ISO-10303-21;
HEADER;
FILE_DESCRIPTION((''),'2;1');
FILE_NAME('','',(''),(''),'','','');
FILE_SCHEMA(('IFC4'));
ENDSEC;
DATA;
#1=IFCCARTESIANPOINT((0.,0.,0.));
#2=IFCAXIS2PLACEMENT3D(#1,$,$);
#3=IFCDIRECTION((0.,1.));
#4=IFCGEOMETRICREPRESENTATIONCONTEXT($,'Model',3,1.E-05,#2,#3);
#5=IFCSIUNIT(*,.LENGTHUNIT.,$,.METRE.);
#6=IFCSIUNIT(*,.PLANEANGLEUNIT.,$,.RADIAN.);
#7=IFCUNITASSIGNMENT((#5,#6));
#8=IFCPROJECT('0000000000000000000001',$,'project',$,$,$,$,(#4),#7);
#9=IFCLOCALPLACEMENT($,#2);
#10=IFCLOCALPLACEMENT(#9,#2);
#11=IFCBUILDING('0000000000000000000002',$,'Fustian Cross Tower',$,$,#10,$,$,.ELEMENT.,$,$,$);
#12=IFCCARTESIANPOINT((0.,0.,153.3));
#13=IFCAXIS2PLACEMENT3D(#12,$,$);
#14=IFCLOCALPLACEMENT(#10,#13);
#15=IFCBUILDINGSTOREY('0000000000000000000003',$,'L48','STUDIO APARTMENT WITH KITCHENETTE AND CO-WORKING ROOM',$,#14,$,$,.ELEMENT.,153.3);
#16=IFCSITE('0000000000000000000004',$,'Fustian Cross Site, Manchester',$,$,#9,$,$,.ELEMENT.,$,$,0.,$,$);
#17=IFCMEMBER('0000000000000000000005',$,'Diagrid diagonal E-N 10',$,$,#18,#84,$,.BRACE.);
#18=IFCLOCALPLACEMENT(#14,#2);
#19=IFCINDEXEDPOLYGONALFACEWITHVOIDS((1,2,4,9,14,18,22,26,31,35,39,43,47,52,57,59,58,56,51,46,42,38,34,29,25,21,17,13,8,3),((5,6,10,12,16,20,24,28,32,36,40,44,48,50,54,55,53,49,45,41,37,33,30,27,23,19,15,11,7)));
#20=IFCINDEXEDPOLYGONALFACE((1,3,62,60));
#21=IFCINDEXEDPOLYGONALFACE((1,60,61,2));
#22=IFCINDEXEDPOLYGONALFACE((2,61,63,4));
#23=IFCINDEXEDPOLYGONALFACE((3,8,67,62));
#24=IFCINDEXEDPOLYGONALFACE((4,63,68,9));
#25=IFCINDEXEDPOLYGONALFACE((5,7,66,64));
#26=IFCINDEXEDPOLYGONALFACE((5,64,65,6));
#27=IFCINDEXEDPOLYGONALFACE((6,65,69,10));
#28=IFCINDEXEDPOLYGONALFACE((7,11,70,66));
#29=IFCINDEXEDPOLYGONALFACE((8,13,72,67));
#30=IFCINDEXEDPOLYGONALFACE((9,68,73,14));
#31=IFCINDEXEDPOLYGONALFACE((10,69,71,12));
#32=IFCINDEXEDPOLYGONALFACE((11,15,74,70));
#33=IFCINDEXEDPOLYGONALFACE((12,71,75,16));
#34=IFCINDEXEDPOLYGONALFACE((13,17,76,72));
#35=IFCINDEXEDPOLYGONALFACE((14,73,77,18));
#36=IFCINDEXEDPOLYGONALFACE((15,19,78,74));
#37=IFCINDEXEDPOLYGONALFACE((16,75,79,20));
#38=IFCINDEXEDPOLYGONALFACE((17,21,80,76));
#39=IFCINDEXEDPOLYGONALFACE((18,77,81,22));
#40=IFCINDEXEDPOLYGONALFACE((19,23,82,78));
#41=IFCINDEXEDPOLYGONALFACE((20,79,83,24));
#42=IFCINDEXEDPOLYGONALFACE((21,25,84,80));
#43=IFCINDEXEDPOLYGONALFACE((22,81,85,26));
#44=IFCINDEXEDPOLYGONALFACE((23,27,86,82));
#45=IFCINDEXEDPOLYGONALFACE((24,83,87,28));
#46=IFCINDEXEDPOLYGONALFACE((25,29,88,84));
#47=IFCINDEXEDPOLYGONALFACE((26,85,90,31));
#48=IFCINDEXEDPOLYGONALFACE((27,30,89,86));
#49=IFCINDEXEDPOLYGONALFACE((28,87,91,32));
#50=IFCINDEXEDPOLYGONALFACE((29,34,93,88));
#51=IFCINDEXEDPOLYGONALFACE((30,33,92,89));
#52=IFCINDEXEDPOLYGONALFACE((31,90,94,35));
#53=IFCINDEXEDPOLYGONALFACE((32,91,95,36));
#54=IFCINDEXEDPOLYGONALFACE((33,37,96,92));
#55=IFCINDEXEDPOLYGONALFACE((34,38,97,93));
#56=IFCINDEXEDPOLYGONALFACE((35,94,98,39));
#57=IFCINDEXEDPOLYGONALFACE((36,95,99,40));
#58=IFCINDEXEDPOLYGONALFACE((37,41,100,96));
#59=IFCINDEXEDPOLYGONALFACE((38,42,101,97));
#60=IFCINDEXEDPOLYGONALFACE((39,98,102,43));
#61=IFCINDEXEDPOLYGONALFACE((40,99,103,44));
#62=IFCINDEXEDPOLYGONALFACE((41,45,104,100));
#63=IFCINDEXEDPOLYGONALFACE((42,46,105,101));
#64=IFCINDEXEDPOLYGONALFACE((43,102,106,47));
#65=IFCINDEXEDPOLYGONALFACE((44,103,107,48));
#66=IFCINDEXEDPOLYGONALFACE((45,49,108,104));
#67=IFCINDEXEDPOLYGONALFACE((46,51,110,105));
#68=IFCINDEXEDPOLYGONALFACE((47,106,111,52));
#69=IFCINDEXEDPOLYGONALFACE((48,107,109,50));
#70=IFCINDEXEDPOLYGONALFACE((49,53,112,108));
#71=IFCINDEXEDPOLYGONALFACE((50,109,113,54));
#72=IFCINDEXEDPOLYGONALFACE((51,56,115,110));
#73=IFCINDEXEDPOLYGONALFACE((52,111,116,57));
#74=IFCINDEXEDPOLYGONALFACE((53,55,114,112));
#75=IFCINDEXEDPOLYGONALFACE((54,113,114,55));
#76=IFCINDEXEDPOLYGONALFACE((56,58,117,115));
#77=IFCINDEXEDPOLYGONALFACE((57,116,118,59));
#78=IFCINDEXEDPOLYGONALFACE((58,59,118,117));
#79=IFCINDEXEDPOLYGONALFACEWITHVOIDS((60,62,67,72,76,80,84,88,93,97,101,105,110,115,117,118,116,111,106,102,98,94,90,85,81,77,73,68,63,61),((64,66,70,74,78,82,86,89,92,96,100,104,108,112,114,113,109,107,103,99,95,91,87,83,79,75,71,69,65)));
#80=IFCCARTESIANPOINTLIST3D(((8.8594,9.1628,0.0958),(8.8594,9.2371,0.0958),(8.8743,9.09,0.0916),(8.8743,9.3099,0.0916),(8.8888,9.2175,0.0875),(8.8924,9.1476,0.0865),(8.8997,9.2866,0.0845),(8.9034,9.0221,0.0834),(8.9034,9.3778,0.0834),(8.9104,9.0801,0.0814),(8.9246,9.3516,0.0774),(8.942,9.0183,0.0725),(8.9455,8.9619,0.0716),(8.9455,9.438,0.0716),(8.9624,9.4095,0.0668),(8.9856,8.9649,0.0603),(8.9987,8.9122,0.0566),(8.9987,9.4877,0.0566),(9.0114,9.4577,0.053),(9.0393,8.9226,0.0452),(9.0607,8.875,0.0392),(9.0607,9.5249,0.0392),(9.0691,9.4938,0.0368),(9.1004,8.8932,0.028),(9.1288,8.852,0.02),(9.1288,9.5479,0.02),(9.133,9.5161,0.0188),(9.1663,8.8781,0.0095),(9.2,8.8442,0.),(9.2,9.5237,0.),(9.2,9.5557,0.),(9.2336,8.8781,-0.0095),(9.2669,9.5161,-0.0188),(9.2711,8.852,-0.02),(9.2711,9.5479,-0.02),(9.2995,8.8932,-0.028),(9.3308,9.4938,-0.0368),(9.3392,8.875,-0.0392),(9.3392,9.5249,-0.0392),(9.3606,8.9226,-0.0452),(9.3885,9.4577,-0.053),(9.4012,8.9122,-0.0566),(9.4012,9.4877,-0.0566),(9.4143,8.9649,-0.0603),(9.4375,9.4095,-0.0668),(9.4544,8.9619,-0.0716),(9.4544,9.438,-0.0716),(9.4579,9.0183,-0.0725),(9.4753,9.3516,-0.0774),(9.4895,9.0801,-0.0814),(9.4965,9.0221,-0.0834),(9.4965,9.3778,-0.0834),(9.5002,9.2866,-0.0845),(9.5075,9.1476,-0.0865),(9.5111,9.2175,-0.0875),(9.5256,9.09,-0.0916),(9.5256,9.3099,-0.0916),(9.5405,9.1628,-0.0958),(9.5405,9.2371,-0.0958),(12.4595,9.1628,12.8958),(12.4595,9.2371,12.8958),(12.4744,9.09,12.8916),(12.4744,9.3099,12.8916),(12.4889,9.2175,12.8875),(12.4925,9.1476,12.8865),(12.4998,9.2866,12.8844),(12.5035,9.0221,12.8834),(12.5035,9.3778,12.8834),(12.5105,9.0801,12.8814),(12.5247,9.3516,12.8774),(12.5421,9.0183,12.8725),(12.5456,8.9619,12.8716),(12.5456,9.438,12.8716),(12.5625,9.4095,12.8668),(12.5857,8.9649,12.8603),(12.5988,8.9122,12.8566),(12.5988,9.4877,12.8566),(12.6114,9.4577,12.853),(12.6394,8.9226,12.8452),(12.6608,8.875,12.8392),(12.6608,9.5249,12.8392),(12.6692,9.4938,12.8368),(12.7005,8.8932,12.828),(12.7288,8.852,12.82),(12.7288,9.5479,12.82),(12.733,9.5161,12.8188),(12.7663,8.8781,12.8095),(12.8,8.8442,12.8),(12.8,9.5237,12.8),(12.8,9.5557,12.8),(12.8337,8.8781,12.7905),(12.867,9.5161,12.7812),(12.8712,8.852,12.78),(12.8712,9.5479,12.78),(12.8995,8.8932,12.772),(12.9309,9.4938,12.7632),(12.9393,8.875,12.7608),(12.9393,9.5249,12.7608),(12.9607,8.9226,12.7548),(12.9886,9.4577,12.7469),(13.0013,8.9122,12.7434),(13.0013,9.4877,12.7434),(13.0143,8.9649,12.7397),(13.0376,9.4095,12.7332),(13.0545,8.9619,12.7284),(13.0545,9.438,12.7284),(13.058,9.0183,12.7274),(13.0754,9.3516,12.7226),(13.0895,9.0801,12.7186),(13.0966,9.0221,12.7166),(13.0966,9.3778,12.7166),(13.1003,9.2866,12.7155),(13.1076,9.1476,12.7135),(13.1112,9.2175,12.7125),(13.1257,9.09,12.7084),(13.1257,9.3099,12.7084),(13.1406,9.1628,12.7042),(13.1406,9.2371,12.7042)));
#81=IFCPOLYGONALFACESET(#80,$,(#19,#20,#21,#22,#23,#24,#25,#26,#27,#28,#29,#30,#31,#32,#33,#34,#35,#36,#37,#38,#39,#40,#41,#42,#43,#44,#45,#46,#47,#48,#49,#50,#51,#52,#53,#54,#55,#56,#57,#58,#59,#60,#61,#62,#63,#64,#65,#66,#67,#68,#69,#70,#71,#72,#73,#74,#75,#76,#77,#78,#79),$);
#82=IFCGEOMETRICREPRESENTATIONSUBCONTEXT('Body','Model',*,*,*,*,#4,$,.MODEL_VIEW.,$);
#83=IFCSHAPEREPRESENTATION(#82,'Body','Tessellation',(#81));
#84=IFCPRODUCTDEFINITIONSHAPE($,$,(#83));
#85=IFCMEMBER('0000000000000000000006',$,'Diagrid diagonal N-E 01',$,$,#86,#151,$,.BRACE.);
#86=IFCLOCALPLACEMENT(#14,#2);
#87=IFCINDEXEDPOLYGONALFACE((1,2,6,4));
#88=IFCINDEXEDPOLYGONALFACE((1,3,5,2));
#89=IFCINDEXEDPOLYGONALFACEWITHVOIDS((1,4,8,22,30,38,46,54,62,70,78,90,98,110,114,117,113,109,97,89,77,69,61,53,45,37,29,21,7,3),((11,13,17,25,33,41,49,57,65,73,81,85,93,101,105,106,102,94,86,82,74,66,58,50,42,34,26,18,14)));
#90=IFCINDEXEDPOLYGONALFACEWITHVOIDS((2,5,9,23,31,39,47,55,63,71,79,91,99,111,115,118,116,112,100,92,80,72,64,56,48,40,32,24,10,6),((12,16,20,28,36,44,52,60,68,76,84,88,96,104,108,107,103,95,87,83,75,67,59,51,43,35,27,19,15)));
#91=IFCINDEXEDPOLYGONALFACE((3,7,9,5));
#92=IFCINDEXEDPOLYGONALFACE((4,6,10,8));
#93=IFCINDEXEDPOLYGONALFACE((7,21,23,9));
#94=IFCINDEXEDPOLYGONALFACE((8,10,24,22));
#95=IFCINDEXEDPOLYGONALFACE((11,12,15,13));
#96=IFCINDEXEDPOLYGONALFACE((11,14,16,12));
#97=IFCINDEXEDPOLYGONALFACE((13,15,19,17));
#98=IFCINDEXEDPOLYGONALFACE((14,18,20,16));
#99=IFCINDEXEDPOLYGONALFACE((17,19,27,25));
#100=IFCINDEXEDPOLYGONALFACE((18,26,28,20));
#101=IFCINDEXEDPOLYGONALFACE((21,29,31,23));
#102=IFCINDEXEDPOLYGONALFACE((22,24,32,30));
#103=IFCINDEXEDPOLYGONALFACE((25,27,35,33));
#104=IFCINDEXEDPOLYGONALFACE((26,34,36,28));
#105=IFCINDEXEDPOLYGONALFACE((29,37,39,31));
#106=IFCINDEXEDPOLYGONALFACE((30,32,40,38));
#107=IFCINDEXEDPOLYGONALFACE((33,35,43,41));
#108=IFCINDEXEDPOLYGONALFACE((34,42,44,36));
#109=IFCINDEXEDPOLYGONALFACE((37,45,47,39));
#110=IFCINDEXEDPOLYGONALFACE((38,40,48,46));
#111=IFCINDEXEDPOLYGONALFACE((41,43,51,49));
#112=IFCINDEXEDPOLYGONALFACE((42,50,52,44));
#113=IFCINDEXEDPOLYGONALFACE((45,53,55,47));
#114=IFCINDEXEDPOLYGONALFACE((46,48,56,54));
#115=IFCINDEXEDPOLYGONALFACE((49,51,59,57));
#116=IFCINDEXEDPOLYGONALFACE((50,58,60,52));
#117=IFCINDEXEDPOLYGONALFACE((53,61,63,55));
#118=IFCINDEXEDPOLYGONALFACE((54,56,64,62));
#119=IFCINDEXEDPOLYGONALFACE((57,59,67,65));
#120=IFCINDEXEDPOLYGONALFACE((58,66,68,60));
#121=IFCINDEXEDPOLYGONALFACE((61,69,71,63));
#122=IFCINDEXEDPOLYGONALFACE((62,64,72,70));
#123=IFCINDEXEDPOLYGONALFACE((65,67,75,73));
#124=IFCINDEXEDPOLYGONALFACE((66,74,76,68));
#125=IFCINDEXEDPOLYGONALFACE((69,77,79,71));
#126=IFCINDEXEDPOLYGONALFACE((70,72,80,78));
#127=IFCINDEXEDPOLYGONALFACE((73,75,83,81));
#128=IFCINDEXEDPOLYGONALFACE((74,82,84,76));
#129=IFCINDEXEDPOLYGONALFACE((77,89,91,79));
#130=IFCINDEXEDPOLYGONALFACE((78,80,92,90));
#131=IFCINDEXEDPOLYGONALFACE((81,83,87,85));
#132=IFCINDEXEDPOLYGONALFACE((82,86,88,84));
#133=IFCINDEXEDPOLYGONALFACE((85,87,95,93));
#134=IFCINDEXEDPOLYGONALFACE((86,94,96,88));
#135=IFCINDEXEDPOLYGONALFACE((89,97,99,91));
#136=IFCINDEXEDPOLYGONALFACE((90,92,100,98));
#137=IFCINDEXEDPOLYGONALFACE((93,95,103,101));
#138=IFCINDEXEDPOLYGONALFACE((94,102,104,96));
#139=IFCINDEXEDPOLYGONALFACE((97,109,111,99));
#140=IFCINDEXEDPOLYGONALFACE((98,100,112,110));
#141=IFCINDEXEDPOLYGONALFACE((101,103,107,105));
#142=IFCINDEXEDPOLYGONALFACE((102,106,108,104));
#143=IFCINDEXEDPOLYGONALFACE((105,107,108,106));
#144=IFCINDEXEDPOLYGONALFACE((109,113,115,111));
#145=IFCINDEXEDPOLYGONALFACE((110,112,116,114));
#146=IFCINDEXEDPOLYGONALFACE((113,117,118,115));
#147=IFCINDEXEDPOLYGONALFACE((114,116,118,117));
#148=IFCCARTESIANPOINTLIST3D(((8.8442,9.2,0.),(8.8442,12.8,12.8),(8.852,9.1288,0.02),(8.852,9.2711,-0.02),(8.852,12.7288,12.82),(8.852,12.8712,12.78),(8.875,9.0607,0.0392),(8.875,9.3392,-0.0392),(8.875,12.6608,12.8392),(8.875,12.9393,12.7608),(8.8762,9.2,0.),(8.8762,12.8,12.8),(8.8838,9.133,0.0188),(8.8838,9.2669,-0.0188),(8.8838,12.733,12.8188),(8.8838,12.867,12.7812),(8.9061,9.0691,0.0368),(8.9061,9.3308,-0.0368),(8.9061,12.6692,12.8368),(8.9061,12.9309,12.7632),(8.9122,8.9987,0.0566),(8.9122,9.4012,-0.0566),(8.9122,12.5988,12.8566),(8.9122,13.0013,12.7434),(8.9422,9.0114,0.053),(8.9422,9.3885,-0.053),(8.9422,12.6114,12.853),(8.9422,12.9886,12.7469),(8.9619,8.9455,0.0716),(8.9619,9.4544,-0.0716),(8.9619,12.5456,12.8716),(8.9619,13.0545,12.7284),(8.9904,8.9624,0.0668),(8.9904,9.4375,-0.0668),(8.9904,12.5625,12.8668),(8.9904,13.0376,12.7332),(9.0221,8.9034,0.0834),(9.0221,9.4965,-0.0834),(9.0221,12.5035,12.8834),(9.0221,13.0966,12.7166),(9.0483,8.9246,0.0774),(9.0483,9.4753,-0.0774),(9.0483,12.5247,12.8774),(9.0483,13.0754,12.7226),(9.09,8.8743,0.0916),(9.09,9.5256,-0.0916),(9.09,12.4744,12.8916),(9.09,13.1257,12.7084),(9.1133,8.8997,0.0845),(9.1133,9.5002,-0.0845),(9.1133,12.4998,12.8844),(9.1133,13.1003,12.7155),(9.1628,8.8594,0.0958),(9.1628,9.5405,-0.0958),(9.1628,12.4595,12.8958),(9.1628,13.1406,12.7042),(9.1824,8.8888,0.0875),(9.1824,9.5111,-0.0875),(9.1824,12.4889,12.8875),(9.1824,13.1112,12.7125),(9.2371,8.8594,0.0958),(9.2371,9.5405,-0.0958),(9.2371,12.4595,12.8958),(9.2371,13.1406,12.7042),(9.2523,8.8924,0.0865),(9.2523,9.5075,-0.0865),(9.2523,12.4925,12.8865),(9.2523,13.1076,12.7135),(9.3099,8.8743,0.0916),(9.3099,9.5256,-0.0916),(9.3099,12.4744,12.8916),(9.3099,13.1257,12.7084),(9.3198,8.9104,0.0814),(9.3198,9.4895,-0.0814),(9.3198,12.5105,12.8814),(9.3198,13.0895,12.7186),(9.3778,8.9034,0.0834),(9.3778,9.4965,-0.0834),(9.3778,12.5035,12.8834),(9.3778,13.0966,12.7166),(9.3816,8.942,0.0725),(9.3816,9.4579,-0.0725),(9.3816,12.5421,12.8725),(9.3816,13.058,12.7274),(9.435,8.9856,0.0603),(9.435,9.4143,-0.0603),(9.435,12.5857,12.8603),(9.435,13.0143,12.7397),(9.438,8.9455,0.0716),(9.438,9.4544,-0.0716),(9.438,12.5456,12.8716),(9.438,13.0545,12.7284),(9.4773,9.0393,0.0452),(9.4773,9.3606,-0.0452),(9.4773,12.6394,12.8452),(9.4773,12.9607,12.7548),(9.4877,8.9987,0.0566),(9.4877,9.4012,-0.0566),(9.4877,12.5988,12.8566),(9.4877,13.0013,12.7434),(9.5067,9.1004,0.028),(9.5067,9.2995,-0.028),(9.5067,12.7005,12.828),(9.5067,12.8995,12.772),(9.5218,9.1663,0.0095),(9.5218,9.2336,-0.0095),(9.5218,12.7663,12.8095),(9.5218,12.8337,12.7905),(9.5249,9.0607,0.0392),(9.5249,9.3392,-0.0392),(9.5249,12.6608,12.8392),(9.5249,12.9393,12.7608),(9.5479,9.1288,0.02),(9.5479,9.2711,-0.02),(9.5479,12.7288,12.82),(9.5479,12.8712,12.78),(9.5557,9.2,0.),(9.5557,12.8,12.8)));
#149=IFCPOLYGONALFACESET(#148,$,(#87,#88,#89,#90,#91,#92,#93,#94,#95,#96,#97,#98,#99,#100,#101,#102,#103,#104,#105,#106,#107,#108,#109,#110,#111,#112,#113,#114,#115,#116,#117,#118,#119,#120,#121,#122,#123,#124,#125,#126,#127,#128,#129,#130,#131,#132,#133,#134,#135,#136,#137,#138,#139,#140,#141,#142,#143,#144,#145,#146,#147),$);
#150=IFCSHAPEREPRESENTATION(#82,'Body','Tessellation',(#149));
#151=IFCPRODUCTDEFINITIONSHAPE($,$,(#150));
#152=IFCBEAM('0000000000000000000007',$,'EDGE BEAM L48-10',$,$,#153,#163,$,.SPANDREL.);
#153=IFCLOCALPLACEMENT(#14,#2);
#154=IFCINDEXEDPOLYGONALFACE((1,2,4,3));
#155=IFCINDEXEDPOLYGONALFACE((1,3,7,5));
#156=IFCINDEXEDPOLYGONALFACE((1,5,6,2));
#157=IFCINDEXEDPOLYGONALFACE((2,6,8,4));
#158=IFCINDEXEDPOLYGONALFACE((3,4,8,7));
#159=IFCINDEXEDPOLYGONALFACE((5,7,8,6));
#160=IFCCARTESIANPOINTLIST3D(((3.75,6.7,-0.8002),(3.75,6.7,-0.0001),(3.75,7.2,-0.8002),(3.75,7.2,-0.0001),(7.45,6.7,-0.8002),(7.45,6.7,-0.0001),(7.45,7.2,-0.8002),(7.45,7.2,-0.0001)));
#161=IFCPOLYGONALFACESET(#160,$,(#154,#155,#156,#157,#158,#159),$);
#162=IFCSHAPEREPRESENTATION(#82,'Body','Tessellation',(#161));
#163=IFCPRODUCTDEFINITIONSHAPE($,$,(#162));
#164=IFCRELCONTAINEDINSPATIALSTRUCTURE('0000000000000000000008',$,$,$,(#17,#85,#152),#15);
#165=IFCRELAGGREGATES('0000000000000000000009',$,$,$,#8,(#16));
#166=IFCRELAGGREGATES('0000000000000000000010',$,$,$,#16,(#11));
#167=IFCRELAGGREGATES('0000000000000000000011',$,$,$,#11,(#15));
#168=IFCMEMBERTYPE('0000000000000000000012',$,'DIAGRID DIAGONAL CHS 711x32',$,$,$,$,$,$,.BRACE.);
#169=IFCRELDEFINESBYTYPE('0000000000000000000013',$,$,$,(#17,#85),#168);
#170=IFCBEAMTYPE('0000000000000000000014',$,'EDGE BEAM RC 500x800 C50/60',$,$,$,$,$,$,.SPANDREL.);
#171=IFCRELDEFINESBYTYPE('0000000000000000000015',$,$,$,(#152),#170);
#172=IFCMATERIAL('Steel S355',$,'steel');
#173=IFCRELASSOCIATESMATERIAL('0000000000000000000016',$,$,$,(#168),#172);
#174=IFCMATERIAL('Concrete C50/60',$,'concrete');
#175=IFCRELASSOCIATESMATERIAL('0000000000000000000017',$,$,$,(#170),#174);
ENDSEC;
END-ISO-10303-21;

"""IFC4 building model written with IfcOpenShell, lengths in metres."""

from ifc_helpers import new_model, si_unit, direction, frame, origin, origin_2d, place, context, subcontext, project, spatial, rectangle, hollow_circle, extrude, material, material_profile, profile_set, type_object, element, save


model = new_model("IFC4")

# Units and contexts
model_context = context("Model", 3, precision=1e-05, world=origin(), true_north=direction((0.0, 1.0)))
body_context = subcontext(model_context, "Body", "Model", "MODEL_VIEW")
ifc_project = project(units=[si_unit("LENGTHUNIT", "METRE"), si_unit("PLANEANGLEUNIT", "RADIAN")], contexts=[model_context])

# Site, building, storey
site_placement = place(None, origin())
site = spatial("IfcSite", under=ifc_project, at=site_placement, Name="Fustian Cross Site, Manchester", CompositionType="ELEMENT", RefElevation=0.0)
building_placement = place(site_placement, origin())
building = spatial("IfcBuilding", under=site, at=building_placement, Name="Fustian Cross Tower", CompositionType="ELEMENT")
storey_placement = place(building_placement, frame((0.0, 0.0, 153.3)))
storey = spatial("IfcBuildingStorey", under=building, at=storey_placement, Name="L48", Description="STUDIO APARTMENT WITH KITCHENETTE AND CO-WORKING ROOM", CompositionType="ELEMENT", Elevation=153.3)

# Members
ifc_material_1 = material(Name="Steel S355", Category="steel")
ifc_material_profile_1 = material_profile(ifc_material_1, hollow_circle(Radius=0.3557, WallThickness=0.032, at=origin_2d()), Name="CHS 711x32")
ifc_profile_set_1 = profile_set([ifc_material_profile_1], Name="Steel S355")
member_type = type_object("IfcMemberType", Name="DIAGRID DIAGONAL CHS 711x32", PredefinedType="BRACE", material=ifc_profile_set_1)
for number, where, z_axis, x_axis, name in (
    (1, (9.2, 9.2, 0.0), (0.270751, 0.0, 0.962649), (0.0, 1.0, 0.0), "Diagrid diagonal E-N 10"),
    (2, (9.2, 9.2, 0.0), (0.0, 0.270751, 0.962649), (-1.0, 0.0, 0.0), "Diagrid diagonal N-E 01"),
):
    element("IfcMember", number, at=place(storey_placement, frame(where, z_axis=z_axis, x_axis=x_axis)), inside=storey, type_object=member_type, Name=name, PredefinedType="BRACE", context=body_context, shape_type="SweptSolid", body=[
        extrude(hollow_circle(Radius=0.3557, WallThickness=0.032, at=origin_2d()), origin(), (0.0, 0.0, 1.0), 13.2966),
    ])

# Beam
ifc_material_2 = material(Name="Concrete C50/60", Category="concrete")
ifc_material_profile_2 = material_profile(ifc_material_2, rectangle(XDim=0.5, YDim=0.8, at=origin_2d()), Name="RC 500x800")
ifc_profile_set_2 = profile_set([ifc_material_profile_2], Name="Concrete C50/60")
beam_type = type_object("IfcBeamType", Name="EDGE BEAM RC 500x800 C50/60", PredefinedType="SPANDREL", material=ifc_profile_set_2)
beam_placement = place(storey_placement, frame((7.45, 6.95, -0.4001), z_axis=(-1.0, 0.0, 0.0), x_axis=(0.0, -1.0, 0.0)))
element("IfcBeam", 3, at=beam_placement, inside=storey, type_object=beam_type, Name="EDGE BEAM L48-10", PredefinedType="SPANDREL", context=body_context, shape_type="SweptSolid", body=[
    extrude(rectangle(XDim=0.5, YDim=0.8, at=origin_2d()), origin(), (0.0, 0.0, 1.0), 3.7),
])

save(model, "model.ifc")
